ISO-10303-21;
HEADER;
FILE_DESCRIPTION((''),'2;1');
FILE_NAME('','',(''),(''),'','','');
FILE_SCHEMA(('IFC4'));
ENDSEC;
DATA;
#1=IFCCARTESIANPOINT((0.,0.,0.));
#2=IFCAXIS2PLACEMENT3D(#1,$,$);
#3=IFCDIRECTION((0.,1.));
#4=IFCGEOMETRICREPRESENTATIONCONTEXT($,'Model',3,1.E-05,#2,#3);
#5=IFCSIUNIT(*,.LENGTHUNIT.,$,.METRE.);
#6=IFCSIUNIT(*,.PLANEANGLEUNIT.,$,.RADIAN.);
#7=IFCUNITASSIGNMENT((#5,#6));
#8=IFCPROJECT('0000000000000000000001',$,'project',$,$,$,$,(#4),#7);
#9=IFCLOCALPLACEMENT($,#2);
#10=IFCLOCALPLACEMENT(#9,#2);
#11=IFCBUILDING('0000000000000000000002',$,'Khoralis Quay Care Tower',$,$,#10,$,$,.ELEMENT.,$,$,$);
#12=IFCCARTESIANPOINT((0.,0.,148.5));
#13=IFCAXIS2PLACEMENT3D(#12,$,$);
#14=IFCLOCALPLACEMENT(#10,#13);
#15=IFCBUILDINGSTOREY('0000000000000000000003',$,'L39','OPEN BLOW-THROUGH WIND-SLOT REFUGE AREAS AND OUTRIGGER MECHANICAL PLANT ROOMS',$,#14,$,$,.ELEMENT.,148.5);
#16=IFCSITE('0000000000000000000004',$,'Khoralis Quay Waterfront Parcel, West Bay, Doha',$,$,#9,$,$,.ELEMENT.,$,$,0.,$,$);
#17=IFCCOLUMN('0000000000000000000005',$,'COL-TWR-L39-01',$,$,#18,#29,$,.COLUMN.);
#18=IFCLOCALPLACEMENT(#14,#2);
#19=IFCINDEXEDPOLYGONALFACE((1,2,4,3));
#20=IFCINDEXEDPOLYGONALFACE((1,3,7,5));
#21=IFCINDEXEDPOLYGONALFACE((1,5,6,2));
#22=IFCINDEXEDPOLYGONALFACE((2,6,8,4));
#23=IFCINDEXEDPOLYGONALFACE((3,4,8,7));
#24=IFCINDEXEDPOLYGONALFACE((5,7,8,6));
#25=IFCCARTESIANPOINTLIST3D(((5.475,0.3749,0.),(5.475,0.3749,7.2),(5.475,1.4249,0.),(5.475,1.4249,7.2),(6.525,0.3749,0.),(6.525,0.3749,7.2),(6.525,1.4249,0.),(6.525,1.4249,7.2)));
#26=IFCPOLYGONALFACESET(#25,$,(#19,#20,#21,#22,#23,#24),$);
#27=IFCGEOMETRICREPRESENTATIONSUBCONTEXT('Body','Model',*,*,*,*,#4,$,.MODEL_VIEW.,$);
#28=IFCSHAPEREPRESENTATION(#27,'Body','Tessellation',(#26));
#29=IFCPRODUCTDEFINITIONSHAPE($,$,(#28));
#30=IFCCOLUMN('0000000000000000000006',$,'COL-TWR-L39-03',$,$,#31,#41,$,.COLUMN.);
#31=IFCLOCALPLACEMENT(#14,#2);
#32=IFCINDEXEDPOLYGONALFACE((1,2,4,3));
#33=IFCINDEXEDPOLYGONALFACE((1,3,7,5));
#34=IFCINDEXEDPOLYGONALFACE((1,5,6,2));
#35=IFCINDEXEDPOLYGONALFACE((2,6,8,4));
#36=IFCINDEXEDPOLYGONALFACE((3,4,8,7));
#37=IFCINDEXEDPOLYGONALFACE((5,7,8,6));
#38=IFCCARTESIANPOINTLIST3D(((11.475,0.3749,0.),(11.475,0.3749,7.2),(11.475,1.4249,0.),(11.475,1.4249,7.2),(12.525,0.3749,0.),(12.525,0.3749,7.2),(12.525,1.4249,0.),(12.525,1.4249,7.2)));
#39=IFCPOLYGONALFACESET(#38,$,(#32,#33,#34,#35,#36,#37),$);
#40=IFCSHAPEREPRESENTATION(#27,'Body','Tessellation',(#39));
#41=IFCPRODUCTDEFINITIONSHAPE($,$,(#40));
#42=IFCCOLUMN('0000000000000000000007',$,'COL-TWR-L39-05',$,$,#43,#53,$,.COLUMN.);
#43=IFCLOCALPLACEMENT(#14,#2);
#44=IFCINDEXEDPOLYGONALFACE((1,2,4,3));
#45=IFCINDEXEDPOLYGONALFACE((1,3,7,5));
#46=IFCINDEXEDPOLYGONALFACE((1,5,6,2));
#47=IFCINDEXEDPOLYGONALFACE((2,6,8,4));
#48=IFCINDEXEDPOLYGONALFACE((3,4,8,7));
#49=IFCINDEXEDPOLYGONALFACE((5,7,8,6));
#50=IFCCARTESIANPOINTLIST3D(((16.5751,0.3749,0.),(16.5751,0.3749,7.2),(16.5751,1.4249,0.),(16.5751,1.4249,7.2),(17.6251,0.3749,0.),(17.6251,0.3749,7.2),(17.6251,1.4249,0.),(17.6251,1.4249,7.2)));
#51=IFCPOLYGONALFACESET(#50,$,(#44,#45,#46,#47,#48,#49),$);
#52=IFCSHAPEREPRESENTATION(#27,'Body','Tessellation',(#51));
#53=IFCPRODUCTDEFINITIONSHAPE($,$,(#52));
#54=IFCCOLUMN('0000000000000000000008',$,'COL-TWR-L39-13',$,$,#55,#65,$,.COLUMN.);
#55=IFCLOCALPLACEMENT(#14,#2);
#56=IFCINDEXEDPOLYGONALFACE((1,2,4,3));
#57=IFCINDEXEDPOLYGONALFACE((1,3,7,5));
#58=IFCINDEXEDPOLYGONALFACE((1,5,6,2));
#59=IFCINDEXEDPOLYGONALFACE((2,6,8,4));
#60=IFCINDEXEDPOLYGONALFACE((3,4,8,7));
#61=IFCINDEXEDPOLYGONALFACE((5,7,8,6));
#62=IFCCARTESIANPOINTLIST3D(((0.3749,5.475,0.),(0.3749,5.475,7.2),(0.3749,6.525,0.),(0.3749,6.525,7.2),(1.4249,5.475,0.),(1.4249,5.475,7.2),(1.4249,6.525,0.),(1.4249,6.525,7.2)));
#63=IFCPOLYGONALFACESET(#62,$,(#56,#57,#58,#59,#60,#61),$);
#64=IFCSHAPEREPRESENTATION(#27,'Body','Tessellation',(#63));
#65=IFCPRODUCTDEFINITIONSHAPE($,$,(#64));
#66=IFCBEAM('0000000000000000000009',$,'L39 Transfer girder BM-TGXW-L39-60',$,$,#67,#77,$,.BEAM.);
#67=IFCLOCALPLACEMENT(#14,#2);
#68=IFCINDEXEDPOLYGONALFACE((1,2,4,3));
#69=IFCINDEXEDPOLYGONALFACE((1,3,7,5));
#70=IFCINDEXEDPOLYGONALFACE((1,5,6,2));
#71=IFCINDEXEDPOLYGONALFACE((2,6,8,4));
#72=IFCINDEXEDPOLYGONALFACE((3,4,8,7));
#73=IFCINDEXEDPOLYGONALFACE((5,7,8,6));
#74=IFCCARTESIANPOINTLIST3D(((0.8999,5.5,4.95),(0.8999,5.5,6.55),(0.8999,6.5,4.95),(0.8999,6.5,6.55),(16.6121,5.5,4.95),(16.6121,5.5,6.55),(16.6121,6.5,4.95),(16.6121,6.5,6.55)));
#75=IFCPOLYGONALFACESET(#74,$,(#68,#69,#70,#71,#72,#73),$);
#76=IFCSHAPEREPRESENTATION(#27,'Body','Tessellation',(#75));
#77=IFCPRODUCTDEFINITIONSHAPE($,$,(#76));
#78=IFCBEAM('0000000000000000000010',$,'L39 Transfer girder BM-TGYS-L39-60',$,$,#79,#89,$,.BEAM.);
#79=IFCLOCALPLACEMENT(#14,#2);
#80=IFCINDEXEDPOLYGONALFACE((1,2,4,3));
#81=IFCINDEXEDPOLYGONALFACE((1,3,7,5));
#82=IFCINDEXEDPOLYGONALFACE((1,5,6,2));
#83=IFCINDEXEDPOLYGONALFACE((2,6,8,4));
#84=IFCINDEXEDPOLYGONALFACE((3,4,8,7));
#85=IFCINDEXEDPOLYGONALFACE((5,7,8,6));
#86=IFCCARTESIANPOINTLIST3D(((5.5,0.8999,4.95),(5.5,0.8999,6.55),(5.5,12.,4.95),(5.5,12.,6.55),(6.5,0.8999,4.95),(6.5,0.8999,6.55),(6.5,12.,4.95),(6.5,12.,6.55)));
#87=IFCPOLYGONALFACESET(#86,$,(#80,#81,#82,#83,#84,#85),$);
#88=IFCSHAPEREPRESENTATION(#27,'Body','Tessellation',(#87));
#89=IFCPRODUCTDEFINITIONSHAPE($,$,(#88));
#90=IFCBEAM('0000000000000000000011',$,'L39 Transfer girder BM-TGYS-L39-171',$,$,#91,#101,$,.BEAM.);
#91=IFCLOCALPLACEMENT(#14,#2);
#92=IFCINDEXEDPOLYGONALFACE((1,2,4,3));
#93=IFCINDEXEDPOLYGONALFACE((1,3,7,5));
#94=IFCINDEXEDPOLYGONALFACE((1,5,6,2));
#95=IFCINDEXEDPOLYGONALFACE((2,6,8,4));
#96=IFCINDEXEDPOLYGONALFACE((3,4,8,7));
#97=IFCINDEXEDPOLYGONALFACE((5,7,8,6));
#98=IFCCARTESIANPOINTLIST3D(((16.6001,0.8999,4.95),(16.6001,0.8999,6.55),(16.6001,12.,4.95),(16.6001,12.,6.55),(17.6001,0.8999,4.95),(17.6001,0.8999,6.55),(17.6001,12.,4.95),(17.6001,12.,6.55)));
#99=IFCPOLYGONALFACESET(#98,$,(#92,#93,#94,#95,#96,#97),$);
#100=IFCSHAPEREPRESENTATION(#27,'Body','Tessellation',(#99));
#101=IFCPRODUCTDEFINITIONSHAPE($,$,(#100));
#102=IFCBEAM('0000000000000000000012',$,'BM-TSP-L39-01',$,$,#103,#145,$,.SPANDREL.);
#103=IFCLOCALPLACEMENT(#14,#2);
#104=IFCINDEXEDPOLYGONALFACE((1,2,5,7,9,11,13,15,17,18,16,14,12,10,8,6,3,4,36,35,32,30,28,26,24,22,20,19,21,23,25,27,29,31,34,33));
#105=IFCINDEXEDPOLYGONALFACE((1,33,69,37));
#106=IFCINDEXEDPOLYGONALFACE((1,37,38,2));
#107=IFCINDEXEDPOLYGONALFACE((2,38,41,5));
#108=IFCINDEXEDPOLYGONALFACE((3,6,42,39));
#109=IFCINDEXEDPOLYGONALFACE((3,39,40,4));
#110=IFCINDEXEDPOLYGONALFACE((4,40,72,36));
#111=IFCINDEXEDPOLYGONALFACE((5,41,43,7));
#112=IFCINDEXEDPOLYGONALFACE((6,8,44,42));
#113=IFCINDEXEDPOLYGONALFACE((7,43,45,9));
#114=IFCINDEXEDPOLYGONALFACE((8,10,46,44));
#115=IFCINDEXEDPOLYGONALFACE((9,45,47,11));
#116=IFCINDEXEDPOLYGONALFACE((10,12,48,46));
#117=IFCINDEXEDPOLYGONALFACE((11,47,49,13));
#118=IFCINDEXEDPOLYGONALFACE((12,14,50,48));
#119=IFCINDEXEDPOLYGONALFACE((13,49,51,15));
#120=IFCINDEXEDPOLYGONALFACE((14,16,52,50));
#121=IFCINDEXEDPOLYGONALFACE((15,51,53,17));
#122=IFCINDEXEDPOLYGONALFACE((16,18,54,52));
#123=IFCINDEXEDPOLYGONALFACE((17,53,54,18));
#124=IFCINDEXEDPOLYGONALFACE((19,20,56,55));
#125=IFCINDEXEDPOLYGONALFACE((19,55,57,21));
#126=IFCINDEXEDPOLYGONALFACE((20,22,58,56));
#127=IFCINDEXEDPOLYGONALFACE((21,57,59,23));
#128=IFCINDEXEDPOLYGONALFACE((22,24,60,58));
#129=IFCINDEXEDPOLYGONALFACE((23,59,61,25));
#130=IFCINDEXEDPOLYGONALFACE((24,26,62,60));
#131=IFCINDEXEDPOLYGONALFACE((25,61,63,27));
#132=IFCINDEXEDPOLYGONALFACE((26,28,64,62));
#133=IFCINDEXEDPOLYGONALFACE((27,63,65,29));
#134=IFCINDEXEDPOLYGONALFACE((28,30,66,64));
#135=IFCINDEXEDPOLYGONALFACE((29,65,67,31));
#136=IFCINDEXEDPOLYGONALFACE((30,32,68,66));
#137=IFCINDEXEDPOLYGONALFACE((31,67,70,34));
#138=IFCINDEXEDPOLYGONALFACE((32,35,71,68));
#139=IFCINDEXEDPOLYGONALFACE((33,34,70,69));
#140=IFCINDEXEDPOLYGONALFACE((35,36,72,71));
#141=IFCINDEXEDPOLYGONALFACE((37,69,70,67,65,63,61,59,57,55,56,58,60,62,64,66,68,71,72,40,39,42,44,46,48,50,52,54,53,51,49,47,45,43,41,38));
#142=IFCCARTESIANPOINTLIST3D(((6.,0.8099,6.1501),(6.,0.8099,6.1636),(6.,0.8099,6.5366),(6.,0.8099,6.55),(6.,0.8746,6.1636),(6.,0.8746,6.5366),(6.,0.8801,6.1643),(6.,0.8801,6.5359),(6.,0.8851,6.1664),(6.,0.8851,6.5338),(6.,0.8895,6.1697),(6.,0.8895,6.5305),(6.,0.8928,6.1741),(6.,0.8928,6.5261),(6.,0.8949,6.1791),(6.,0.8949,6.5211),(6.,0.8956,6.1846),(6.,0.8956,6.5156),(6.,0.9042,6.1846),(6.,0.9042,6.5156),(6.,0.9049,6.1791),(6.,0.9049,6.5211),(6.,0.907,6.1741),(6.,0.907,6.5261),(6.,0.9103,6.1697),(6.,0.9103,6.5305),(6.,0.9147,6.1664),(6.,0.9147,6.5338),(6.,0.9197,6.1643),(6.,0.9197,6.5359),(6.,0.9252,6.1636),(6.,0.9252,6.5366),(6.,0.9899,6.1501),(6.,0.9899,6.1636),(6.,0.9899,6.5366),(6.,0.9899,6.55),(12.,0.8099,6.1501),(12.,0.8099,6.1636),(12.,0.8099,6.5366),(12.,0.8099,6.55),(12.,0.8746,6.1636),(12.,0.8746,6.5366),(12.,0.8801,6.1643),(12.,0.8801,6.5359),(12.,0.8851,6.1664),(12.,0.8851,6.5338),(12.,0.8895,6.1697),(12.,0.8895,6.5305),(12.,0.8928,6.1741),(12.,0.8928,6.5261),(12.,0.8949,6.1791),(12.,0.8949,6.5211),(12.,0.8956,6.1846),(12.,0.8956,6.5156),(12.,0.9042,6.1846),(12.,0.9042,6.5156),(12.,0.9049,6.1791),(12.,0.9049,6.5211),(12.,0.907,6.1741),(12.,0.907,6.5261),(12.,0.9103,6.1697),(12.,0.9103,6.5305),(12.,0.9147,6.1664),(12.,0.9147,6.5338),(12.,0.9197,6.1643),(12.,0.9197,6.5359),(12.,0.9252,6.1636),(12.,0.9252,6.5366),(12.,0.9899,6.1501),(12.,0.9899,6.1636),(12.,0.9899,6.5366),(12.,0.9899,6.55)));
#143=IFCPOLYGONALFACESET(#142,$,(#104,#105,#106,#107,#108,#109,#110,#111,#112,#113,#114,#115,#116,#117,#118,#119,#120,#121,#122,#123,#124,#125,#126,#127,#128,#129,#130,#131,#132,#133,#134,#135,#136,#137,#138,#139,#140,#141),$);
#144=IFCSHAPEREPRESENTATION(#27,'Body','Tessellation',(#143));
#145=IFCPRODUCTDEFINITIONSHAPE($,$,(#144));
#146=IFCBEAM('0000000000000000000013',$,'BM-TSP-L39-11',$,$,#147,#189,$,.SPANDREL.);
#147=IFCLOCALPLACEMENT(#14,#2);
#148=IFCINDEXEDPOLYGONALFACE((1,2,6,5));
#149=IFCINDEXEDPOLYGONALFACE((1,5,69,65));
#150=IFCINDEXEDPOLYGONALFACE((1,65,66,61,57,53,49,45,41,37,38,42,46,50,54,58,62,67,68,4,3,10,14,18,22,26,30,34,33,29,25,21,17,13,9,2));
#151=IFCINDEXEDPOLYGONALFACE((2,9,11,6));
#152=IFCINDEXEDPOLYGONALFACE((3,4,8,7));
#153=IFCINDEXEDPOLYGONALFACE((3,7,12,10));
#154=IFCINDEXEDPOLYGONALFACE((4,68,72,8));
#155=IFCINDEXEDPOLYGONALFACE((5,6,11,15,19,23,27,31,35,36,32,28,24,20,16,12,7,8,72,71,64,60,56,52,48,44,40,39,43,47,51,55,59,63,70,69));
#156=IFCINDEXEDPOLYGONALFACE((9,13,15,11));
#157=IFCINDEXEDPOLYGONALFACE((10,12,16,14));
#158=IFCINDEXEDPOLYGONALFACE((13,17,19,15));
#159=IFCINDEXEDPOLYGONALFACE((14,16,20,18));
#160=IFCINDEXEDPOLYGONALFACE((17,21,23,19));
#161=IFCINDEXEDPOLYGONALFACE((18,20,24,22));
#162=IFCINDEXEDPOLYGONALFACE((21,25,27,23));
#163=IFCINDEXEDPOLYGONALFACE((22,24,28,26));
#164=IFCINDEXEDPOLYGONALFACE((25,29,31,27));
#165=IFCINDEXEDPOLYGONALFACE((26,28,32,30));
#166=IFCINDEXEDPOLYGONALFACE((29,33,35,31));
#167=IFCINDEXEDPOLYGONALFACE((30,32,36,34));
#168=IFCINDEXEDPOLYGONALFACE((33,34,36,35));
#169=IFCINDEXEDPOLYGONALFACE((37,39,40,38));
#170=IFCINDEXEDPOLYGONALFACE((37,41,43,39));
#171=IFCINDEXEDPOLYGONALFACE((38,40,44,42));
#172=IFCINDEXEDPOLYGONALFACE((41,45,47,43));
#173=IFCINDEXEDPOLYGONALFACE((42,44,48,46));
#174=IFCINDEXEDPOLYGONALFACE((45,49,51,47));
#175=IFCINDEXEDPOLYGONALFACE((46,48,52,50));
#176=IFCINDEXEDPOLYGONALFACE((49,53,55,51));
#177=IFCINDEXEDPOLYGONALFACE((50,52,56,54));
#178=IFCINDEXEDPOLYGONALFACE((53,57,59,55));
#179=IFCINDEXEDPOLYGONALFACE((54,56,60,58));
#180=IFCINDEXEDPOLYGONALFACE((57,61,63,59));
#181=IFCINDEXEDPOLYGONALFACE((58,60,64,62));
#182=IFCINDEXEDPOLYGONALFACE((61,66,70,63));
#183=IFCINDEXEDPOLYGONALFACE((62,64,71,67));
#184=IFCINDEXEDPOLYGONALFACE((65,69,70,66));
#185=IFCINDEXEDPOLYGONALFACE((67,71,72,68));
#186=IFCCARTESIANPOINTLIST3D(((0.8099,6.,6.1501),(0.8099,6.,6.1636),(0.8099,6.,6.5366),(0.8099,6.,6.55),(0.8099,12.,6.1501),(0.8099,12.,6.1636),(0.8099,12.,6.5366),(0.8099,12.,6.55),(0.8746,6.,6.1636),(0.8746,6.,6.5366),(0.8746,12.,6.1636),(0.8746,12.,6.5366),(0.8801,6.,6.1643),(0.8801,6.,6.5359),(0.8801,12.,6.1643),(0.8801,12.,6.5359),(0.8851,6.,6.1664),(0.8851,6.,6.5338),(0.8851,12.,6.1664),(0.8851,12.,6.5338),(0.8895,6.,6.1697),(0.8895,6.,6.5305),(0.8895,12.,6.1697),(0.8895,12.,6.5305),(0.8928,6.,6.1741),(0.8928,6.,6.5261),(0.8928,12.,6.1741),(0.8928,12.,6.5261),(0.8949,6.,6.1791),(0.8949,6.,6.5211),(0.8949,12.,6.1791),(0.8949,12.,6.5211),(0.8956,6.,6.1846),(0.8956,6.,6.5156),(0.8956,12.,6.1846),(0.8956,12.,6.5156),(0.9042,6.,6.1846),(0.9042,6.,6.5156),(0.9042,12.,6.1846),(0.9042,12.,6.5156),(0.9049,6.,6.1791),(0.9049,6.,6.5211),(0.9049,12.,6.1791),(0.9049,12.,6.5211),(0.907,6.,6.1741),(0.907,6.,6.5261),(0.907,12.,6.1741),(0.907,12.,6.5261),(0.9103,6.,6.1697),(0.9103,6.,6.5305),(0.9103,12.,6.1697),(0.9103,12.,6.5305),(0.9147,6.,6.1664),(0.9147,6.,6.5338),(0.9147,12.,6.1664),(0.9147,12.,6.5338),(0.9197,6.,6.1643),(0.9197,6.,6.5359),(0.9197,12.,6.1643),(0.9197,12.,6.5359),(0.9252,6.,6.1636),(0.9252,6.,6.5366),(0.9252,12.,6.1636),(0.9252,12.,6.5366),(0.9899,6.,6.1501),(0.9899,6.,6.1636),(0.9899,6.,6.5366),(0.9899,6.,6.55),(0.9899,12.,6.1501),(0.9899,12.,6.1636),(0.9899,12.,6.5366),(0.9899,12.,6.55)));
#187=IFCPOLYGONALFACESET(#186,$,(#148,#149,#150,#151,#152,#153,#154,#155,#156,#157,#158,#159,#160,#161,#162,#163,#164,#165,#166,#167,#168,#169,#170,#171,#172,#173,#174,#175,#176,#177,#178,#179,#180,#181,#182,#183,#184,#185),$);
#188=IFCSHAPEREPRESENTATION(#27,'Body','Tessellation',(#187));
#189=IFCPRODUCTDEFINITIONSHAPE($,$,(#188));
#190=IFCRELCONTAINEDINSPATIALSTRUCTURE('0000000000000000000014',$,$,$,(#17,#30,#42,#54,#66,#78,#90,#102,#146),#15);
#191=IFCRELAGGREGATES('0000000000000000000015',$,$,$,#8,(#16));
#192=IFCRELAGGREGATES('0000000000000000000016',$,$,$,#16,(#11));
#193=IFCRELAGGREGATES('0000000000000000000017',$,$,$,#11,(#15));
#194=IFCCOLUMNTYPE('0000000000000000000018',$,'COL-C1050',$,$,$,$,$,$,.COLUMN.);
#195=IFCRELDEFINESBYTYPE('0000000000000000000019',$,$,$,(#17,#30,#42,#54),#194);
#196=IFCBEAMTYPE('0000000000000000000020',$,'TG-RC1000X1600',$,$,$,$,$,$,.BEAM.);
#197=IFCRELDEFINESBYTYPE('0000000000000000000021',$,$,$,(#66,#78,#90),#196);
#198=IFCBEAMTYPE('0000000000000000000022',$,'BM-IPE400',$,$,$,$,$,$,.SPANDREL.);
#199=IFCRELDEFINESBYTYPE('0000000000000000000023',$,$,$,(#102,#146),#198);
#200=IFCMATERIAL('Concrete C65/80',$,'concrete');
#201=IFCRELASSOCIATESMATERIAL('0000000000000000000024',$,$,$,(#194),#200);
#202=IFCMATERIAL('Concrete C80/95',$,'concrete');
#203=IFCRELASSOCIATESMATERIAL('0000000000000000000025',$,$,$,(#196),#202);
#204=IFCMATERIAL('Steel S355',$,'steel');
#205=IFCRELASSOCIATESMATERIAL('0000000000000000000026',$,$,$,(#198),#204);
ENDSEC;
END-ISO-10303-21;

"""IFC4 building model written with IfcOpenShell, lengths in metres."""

from ifc_helpers import new_model, si_unit, direction, frame, origin, origin_2d, place, context, subcontext, project, spatial, rectangle, i_section, extrude, source, transform, mapped, material, material_profile, profile_set, type_object, element, save


model = new_model("IFC4")

# Units and contexts
model_context = context("Model", 3, precision=1e-05, world=origin(), true_north=direction((0.0, 1.0)))
body_context = subcontext(model_context, "Body", "Model", "MODEL_VIEW")
ifc_project = project(units=[si_unit("LENGTHUNIT", "METRE"), si_unit("PLANEANGLEUNIT", "RADIAN")], contexts=[model_context])

# Site, building, storey
site_placement = place(None, origin())
site = spatial("IfcSite", under=ifc_project, at=site_placement, Name="Khoralis Quay Waterfront Parcel, West Bay, Doha", CompositionType="ELEMENT", RefElevation=0.0)
building_placement = place(site_placement, origin())
building = spatial("IfcBuilding", under=site, at=building_placement, Name="Khoralis Quay Care Tower", CompositionType="ELEMENT")
storey_placement = place(building_placement, frame((0.0, 0.0, 148.5)))
storey = spatial("IfcBuildingStorey", under=building, at=storey_placement, Name="L39", Description="OPEN BLOW-THROUGH WIND-SLOT REFUGE AREAS AND OUTRIGGER MECHANICAL PLANT ROOMS", CompositionType="ELEMENT", Elevation=148.5)

# Columns
ifc_material_1 = material(Name="Concrete C65/80", Category="concrete")
ifc_material_profile_1 = material_profile(ifc_material_1, rectangle(XDim=1.05, YDim=1.05, at=origin_2d()), Name="Concrete C65/80")
ifc_profile_set_1 = profile_set([ifc_material_profile_1], Name="Concrete C65/80")
column_type = type_object("IfcColumnType", Name="COL-C1050", PredefinedType="COLUMN", material=ifc_profile_set_1)
shared_shape_1 = source(origin(), body_context, "Body", "SweptSolid", [
    extrude(rectangle(XDim=1.05, YDim=1.05, at=origin_2d()), origin(), (0.0, 0.0, 1.0), 7.2),
])
for number, where, z_axis, x_axis, name in (
    (1, (6.0, 0.8999, 0.0), (0.0, 0.0, 1.0), (1.0, 0.0, 0.0), "COL-TWR-L39-01"),
    (2, (12.0, 0.8999, 0.0), (0.0, 0.0, 1.0), (1.0, 0.0, 0.0), "COL-TWR-L39-03"),
    (3, (17.1001, 0.8999, 0.0), (0.0, 0.0, 1.0), (1.0, 0.0, 0.0), "COL-TWR-L39-05"),
    (4, (0.8999, 6.0, 0.0), (0.0, 0.0, 1.0), (1.0, 0.0, 0.0), "COL-TWR-L39-13"),
):
    element("IfcColumn", number, at=place(storey_placement, frame(where, z_axis=z_axis, x_axis=x_axis)), inside=storey, type_object=column_type, Name=name, PredefinedType="COLUMN", context=body_context, shape_type="MappedRepresentation", body=[
        mapped(shared_shape_1, transform((0.0, 0.0, 0.0), scale=1.0)),
    ])

# Beams
ifc_material_2 = material(Name="Concrete C80/95", Category="concrete")
ifc_material_profile_2 = material_profile(ifc_material_2, rectangle(XDim=1.0, YDim=1.6001, at=origin_2d()), Name="Concrete C80/95")
ifc_profile_set_2 = profile_set([ifc_material_profile_2], Name="Concrete C80/95")
beam_type_1 = type_object("IfcBeamType", Name="TG-RC1000X1600", PredefinedType="BEAM", material=ifc_profile_set_2)
shared_shape_2 = source(origin(), body_context, "Body", "SweptSolid", [
    extrude(rectangle(XDim=1.0, YDim=1.6001, at=origin_2d()), origin(), (0.0, 0.0, 1.0), 15.7122),
])
beam_1_placement = place(storey_placement, frame((0.8999, 6.0, 5.75), z_axis=(1.0, 0.0, 0.0), x_axis=(0.0, 1.0, 0.0)))
element("IfcBeam", 5, at=beam_1_placement, inside=storey, type_object=beam_type_1, Name="L39 Transfer girder BM-TGXW-L39-60", PredefinedType="BEAM", context=body_context, shape_type="MappedRepresentation", body=[
    mapped(shared_shape_2, transform((0.0, 0.0, 0.0), scale=1.0)),
])
shared_shape_3 = source(origin(), body_context, "Body", "SweptSolid", [
    extrude(rectangle(XDim=1.0, YDim=1.6001, at=origin_2d()), origin(), (0.0, 0.0, 1.0), 11.1001),
])
for number, where, z_axis, x_axis, name in (
    (6, (6.0, 0.8999, 5.75), (0.0, 1.0, 0.0), (-1.0, 0.0, 0.0), "L39 Transfer girder BM-TGYS-L39-60"),
    (7, (17.1001, 0.8999, 5.75), (0.0, 1.0, 0.0), (-1.0, 0.0, 0.0), "L39 Transfer girder BM-TGYS-L39-171"),
):
    element("IfcBeam", number, at=place(storey_placement, frame(where, z_axis=z_axis, x_axis=x_axis)), inside=storey, type_object=beam_type_1, Name=name, PredefinedType="BEAM", context=body_context, shape_type="MappedRepresentation", body=[
        mapped(shared_shape_3, transform((0.0, 0.0, 0.0), scale=1.0)),
    ])
ifc_material_3 = material(Name="Steel S355", Category="steel")
ifc_material_profile_3 = material_profile(ifc_material_3, i_section(OverallWidth=0.1799, OverallDepth=0.3999, WebThickness=0.0085, FlangeThickness=0.0134, FilletRadius=0.021, at=origin_2d()), Name="Steel S355")
ifc_profile_set_3 = profile_set([ifc_material_profile_3], Name="Steel S355")
beam_type_2 = type_object("IfcBeamType", Name="BM-IPE400", PredefinedType="SPANDREL", material=ifc_profile_set_3)
shared_shape_4 = source(origin(), body_context, "Body", "SweptSolid", [
    extrude(i_section(OverallWidth=0.1799, OverallDepth=0.3999, WebThickness=0.0085, FlangeThickness=0.0134, FilletRadius=0.021, at=origin_2d()), origin(), (0.0, 0.0, 1.0), 6.0),
])
for number, where, z_axis, x_axis, name in (
    (8, (6.0, 0.8999, 6.3501), (1.0, 0.0, 0.0), (0.0, 1.0, 0.0), "BM-TSP-L39-01"),
    (9, (0.8999, 6.0, 6.3501), (0.0, 1.0, 0.0), (-1.0, 0.0, 0.0), "BM-TSP-L39-11"),
):
    element("IfcBeam", number, at=place(storey_placement, frame(where, z_axis=z_axis, x_axis=x_axis)), inside=storey, type_object=beam_type_2, Name=name, PredefinedType="SPANDREL", context=body_context, shape_type="MappedRepresentation", body=[
        mapped(shared_shape_4, transform((0.0, 0.0, 0.0), scale=1.0)),
    ])

save(model, "model.ifc")
